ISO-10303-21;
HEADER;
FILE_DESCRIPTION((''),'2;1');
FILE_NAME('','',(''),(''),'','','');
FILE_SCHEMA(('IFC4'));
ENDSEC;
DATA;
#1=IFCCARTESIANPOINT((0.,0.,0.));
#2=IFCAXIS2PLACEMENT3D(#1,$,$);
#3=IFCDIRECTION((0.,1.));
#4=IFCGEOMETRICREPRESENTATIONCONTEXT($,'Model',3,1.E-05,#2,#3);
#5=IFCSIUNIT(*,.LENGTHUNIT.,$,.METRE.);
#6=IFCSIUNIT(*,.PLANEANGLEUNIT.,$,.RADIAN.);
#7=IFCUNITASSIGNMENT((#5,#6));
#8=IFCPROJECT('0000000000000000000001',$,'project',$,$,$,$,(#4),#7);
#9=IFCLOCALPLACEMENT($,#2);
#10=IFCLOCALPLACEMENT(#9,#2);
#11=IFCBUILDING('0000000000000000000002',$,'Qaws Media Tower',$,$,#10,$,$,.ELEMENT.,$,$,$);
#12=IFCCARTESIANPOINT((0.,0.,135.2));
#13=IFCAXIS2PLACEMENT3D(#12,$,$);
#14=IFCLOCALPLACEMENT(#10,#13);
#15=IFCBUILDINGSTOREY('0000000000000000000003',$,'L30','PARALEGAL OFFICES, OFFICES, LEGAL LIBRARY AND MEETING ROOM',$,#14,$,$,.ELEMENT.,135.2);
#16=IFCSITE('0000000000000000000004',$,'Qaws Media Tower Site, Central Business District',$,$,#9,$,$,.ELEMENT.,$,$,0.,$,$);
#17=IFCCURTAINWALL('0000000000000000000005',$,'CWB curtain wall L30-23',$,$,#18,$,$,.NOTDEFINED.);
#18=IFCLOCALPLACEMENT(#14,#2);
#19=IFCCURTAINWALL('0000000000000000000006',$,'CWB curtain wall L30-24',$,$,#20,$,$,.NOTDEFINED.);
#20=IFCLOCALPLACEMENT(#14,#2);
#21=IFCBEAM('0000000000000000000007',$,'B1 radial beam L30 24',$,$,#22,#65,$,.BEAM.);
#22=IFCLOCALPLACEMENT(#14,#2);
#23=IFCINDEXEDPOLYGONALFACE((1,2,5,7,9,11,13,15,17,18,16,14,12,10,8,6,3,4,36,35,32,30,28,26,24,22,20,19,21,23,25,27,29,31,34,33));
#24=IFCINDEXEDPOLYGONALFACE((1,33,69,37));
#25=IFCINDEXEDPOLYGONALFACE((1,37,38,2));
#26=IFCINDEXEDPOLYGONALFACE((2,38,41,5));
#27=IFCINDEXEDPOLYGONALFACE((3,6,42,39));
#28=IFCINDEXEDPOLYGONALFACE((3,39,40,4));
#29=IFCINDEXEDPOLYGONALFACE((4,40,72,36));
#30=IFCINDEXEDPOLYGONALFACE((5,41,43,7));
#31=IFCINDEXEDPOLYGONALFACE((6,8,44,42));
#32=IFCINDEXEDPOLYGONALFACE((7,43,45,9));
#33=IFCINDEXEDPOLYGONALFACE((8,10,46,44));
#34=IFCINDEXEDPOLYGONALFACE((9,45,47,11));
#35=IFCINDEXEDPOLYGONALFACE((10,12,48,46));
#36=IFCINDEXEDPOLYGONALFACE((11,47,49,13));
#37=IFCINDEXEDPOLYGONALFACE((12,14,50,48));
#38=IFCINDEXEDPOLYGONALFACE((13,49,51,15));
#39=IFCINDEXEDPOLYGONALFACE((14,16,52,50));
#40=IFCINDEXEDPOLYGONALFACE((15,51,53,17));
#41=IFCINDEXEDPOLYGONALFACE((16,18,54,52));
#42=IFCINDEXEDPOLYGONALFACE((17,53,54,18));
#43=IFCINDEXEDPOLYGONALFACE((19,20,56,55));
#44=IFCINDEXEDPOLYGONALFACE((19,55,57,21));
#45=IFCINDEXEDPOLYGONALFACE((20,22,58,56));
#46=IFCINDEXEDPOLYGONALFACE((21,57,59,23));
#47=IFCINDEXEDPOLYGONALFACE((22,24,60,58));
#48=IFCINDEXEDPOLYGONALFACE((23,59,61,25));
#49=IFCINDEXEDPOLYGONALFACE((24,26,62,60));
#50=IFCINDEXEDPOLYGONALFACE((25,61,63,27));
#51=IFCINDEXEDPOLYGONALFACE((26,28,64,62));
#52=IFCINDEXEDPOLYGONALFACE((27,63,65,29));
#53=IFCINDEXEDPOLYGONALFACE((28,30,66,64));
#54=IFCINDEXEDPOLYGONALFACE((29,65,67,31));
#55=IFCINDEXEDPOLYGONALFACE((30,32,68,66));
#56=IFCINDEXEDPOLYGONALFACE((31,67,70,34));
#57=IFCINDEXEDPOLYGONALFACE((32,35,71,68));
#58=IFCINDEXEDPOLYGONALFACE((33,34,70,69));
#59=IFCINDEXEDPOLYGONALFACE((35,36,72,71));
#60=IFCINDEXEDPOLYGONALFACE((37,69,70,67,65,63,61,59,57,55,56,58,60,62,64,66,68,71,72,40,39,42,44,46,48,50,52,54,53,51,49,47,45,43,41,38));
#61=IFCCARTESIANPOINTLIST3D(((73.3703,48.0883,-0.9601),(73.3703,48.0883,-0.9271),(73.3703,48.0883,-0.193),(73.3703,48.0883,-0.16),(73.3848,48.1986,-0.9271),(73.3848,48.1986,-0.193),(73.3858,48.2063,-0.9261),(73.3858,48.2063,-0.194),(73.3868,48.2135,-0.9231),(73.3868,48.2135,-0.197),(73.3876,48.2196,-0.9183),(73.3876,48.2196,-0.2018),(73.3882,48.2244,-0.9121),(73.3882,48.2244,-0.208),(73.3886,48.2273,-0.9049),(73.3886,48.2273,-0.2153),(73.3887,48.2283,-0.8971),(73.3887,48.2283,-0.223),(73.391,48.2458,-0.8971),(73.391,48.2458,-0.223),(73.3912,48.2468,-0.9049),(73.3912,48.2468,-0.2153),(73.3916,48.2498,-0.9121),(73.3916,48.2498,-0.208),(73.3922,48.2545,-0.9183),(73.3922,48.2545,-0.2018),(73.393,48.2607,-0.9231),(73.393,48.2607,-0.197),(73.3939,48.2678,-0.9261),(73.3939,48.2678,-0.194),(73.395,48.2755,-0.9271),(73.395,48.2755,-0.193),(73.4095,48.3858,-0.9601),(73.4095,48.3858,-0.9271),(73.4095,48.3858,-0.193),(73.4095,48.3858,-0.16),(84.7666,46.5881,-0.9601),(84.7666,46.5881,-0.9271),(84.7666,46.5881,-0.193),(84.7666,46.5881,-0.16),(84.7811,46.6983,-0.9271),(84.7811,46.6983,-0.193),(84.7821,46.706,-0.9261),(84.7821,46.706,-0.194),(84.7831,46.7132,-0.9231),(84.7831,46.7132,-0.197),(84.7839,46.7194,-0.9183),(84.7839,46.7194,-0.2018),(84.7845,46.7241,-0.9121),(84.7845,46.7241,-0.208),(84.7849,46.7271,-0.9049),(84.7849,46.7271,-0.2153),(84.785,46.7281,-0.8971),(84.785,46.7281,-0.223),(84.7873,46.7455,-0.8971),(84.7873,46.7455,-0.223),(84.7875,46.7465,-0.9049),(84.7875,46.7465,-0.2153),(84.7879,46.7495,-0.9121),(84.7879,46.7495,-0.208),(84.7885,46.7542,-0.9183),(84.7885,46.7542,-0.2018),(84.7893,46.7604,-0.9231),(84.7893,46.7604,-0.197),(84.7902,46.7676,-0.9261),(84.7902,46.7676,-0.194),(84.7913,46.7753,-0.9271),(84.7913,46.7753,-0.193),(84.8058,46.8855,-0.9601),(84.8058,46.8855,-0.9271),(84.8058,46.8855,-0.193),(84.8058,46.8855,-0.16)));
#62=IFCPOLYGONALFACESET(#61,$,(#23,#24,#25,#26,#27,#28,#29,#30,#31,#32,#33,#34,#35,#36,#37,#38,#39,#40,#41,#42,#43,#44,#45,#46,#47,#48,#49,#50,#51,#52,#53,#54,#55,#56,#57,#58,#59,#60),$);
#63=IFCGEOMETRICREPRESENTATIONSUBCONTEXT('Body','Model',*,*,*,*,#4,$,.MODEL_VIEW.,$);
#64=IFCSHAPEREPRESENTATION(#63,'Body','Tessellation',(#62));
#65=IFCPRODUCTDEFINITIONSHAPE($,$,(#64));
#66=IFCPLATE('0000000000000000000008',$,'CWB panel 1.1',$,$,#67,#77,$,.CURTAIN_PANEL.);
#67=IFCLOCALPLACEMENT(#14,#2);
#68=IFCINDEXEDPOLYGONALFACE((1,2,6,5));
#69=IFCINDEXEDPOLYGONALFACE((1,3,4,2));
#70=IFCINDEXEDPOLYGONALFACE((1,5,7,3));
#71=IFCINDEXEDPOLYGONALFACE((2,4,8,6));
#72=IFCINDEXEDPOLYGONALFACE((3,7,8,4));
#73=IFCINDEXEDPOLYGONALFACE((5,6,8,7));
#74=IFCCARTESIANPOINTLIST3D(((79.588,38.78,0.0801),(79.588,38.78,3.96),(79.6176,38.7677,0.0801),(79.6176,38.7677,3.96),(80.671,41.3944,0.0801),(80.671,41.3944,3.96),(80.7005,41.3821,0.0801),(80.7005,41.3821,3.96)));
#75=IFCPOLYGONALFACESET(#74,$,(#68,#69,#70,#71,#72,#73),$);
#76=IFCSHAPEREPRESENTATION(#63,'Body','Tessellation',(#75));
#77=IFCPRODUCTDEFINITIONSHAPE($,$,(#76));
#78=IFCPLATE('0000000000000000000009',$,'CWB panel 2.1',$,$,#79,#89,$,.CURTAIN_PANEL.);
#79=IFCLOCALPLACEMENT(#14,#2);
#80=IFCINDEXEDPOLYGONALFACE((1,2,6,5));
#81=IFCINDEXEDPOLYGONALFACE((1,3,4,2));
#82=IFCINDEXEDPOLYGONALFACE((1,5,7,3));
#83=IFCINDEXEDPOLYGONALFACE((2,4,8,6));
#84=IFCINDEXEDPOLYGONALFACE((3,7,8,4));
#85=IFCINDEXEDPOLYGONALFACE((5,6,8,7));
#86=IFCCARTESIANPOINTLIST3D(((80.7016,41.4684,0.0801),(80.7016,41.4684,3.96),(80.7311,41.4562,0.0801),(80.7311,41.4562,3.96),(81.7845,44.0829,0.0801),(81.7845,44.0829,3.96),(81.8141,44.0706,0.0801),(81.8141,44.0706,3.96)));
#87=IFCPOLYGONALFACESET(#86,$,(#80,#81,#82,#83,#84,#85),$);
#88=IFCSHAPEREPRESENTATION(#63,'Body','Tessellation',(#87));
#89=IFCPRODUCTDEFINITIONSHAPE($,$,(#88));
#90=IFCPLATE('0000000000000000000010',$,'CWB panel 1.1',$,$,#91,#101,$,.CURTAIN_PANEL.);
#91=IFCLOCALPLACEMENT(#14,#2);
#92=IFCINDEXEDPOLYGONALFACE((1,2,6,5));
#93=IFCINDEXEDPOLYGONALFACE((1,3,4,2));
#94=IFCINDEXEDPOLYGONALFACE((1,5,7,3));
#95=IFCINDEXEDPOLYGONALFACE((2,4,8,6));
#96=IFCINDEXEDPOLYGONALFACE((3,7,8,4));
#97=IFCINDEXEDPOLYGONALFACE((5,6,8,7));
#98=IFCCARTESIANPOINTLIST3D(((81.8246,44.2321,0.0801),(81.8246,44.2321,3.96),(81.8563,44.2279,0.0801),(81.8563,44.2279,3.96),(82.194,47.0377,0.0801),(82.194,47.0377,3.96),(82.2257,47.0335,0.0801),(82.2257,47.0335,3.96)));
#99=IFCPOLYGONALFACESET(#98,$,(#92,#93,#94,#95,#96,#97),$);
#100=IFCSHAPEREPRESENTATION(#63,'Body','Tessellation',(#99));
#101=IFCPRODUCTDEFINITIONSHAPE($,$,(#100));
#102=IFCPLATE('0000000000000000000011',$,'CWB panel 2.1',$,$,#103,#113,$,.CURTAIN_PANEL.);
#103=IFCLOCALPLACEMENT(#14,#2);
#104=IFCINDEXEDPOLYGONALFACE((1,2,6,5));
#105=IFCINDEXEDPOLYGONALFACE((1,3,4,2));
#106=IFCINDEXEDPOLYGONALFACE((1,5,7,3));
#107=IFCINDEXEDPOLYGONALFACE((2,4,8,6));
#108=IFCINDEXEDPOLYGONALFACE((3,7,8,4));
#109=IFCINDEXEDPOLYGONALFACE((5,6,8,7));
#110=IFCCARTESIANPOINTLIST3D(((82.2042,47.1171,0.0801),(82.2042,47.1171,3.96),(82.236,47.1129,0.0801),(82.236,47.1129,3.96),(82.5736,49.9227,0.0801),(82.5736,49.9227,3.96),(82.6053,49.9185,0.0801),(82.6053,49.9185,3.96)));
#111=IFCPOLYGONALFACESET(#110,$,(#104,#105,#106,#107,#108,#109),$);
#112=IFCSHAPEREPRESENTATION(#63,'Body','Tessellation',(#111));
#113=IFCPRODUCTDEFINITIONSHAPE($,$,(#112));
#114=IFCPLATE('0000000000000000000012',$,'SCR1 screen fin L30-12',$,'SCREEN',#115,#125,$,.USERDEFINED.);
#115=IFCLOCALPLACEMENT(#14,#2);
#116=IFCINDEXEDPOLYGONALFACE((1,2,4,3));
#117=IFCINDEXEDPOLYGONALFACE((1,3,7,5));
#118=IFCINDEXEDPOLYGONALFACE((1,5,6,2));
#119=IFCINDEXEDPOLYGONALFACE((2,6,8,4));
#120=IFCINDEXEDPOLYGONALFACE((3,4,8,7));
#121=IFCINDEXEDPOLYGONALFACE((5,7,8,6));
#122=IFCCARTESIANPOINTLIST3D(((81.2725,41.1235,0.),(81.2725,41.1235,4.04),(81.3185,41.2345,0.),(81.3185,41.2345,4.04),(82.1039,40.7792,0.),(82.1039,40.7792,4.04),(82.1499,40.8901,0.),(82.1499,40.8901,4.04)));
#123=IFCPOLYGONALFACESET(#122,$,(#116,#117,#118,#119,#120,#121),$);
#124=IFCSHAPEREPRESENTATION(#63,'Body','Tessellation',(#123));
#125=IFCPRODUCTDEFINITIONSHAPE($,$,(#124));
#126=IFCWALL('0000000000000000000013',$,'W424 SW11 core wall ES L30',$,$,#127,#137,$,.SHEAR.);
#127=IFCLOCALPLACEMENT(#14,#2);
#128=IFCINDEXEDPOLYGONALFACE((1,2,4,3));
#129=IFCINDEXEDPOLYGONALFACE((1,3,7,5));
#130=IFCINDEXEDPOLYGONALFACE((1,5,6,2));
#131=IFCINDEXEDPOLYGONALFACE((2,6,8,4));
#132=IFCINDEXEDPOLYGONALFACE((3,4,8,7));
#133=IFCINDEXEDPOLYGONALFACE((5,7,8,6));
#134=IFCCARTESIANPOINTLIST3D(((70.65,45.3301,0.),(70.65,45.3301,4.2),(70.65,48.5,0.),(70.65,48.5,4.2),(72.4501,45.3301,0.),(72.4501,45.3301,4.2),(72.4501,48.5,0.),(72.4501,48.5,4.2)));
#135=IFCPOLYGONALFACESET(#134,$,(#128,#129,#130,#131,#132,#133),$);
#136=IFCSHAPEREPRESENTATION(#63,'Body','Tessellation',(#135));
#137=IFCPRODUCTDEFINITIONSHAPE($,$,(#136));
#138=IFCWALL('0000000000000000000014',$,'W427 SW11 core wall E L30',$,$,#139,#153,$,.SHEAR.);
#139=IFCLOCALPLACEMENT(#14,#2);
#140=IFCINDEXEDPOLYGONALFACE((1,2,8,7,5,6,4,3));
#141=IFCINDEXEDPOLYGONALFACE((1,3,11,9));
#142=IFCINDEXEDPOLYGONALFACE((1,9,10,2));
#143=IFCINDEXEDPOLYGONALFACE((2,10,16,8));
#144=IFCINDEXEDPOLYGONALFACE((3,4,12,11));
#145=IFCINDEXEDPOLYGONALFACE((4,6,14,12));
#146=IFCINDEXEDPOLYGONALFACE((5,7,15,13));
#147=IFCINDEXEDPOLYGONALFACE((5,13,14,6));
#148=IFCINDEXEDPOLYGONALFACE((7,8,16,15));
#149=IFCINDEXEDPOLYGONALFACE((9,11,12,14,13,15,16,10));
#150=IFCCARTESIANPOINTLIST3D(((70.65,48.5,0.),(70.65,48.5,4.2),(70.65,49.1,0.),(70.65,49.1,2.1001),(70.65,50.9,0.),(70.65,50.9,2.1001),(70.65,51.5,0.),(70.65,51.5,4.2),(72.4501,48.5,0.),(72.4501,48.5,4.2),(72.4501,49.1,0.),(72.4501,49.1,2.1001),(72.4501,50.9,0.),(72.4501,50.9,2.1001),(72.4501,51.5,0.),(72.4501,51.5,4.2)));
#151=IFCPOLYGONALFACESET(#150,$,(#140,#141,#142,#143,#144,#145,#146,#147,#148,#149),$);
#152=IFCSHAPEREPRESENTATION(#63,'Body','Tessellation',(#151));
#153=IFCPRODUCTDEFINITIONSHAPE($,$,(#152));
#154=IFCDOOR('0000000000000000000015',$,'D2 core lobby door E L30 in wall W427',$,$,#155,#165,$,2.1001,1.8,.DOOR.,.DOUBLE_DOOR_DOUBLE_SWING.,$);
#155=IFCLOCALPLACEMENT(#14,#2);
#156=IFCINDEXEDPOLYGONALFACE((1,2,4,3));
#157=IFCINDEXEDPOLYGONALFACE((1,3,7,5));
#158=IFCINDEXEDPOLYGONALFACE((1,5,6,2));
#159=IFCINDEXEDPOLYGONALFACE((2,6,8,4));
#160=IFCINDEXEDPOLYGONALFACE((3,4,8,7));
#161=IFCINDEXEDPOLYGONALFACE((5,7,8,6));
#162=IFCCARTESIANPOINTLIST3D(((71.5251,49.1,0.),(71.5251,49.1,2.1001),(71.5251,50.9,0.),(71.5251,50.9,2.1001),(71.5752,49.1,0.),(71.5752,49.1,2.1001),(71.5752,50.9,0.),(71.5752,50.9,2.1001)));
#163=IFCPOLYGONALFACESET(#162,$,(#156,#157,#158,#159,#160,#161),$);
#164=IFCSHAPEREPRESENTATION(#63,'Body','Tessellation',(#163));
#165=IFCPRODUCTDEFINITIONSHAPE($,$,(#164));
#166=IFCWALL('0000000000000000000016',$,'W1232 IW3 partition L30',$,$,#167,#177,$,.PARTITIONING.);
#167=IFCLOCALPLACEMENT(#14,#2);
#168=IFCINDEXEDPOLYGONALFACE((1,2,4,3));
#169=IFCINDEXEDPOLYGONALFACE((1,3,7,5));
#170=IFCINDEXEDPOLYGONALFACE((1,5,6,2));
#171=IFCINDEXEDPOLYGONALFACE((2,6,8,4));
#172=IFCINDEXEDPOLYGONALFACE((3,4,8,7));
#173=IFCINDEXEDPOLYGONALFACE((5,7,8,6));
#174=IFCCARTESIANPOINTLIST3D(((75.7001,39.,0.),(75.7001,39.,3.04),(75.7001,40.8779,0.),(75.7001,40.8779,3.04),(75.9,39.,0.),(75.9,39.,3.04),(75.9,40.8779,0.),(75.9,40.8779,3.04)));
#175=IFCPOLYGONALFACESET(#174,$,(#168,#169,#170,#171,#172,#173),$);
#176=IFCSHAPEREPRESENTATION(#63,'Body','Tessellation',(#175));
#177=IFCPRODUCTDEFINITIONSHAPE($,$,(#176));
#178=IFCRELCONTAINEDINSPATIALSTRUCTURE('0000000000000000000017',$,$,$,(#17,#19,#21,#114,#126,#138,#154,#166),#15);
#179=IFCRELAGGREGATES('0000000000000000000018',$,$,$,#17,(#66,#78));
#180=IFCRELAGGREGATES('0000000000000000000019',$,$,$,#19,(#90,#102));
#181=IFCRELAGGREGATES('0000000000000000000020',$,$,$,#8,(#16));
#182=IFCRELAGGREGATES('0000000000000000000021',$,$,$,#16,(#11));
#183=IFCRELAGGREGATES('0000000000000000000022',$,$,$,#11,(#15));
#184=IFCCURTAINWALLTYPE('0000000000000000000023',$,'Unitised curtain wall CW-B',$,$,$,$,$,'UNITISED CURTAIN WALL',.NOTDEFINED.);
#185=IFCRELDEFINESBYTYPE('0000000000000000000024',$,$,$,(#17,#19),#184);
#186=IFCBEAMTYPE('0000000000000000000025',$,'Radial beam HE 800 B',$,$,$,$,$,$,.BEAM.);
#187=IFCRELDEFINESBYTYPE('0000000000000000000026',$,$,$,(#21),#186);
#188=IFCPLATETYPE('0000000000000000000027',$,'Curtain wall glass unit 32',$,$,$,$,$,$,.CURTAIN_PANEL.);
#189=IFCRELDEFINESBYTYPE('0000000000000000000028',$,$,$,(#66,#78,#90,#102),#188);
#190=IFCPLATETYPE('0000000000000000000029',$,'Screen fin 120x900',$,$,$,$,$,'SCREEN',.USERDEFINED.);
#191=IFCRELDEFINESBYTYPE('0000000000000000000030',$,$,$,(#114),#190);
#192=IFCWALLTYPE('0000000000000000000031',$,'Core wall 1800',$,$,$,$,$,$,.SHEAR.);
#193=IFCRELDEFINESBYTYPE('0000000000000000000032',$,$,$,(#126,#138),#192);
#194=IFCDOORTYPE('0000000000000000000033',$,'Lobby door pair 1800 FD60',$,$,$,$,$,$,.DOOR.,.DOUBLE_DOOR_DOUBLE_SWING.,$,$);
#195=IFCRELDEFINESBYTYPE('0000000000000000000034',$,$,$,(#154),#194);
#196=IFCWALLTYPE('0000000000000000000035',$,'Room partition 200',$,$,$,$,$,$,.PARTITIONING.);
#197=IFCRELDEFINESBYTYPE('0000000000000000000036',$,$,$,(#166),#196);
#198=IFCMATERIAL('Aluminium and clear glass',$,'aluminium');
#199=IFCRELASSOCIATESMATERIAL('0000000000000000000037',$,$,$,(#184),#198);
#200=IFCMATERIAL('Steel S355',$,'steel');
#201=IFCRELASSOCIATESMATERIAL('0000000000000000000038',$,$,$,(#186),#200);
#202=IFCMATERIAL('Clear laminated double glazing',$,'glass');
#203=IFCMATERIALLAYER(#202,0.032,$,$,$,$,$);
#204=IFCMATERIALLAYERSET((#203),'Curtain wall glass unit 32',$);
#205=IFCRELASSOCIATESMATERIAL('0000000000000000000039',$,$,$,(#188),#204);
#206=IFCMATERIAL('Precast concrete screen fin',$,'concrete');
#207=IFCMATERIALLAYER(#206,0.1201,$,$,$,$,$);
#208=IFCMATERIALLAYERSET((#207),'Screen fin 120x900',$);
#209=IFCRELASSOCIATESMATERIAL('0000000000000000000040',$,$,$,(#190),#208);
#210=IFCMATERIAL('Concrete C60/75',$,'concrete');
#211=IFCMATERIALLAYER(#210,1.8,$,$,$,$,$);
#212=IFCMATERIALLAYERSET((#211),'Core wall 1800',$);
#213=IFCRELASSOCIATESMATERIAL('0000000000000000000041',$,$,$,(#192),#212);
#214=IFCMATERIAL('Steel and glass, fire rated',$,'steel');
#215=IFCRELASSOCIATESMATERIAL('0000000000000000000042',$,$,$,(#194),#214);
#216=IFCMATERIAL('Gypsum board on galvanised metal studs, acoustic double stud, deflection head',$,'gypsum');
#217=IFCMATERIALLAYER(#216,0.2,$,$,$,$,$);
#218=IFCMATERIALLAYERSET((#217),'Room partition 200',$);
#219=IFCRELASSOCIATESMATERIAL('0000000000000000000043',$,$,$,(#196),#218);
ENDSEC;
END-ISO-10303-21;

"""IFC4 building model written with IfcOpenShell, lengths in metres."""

from ifc_helpers import new_model, si_unit, direction, frame, frame_2d, origin, origin_2d, place, context, subcontext, project, spatial, rectangle, i_section, extrude, material, layer, layer_set, material_profile, profile_set, type_object, element, fill, aggregate, save


model = new_model("IFC4")

# Units and contexts
model_context = context("Model", 3, precision=1e-05, world=origin(), true_north=direction((0.0, 1.0)))
body_context = subcontext(model_context, "Body", "Model", "MODEL_VIEW")
ifc_project = project(units=[si_unit("LENGTHUNIT", "METRE"), si_unit("PLANEANGLEUNIT", "RADIAN")], contexts=[model_context])

# Site, building, storey
site_placement = place(None, origin())
site = spatial("IfcSite", under=ifc_project, at=site_placement, Name="Qaws Media Tower Site, Central Business District", CompositionType="ELEMENT", RefElevation=0.0)
building_placement = place(site_placement, origin())
building = spatial("IfcBuilding", under=site, at=building_placement, Name="Qaws Media Tower", CompositionType="ELEMENT")
storey_placement = place(building_placement, frame((0.0, 0.0, 135.2)))
storey = spatial("IfcBuildingStorey", under=building, at=storey_placement, Name="L30", Description="PARALEGAL OFFICES, OFFICES, LEGAL LIBRARY AND MEETING ROOM", CompositionType="ELEMENT", Elevation=135.2)

# Curtain walls
ifc_material_1 = material(Name="Aluminium and clear glass", Category="aluminium")
curtain_wall_type = type_object("IfcCurtainWallType", Name="Unitised curtain wall CW-B", ElementType="UNITISED CURTAIN WALL", PredefinedType="NOTDEFINED", material=ifc_material_1)
curtain_wall_1_placement = place(storey_placement, origin())
curtain_wall_1 = element("IfcCurtainWall", 1, at=curtain_wall_1_placement, inside=storey, type_object=curtain_wall_type, Name="CWB curtain wall L30-23", PredefinedType="NOTDEFINED")
curtain_wall_2_placement = place(storey_placement, origin())
curtain_wall_2 = element("IfcCurtainWall", 2, at=curtain_wall_2_placement, inside=storey, type_object=curtain_wall_type, Name="CWB curtain wall L30-24", PredefinedType="NOTDEFINED")

# Beam
ifc_material_2 = material(Name="Steel S355", Category="steel")
ifc_material_profile_1 = material_profile(ifc_material_2, i_section(OverallWidth=0.3, OverallDepth=0.8, WebThickness=0.0176, FlangeThickness=0.033, FilletRadius=0.03, at=origin_2d()), Name="HE 800 B")
ifc_profile_set_1 = profile_set([ifc_material_profile_1], Name="Steel S355")
beam_type_1 = type_object("IfcBeamType", Name="Radial beam HE 800 B", PredefinedType="BEAM", material=ifc_profile_set_1)
beam_1_placement = place(storey_placement, frame((73.3899, 48.2371, -0.5601), z_axis=(0.991446, -0.130518, 0.0), x_axis=(0.130518, 0.991446, 0.0)))
element("IfcBeam", 3, at=beam_1_placement, inside=storey, type_object=beam_type_1, Name="B1 radial beam L30 24", PredefinedType="BEAM", context=body_context, shape_type="SweptSolid", body=[
    extrude(i_section(OverallWidth=0.3, OverallDepth=0.8, WebThickness=0.0176, FlangeThickness=0.033, FilletRadius=0.03, at=origin_2d()), origin(), (0.0, 0.0, 1.0), 11.4946),
])

# Plates
ifc_material_3 = material(Name="Clear laminated double glazing", Category="glass")
ifc_layer_1 = layer(ifc_material_3, 0.032)
ifc_layer_set_1 = layer_set([ifc_layer_1], Name="Curtain wall glass unit 32")
plate_type_1 = type_object("IfcPlateType", Name="Curtain wall glass unit 32", PredefinedType="CURTAIN_PANEL", material=ifc_layer_set_1)
plate_1_placement = place(storey_placement, frame((80.1443, 40.0811, 0.0801), z_axis=(0.0, 0.0, 1.0), x_axis=(0.382683, 0.92388, 0.0)))
plate_1 = element("IfcPlate", 4, at=plate_1_placement, type_object=plate_type_1, Name="CWB panel 1.1", PredefinedType="CURTAIN_PANEL", context=body_context, shape_type="SweptSolid", body=[
    extrude(rectangle(XDim=2.8298, YDim=0.032, at=origin_2d()), origin(), (0.0, 0.0, 1.0), 3.8799),
])
plate_2_placement = place(storey_placement, frame((81.2578, 42.7695, 0.0801), z_axis=(0.0, 0.0, 1.0), x_axis=(0.382683, 0.92388, 0.0)))
plate_2 = element("IfcPlate", 5, at=plate_2_placement, type_object=plate_type_1, Name="CWB panel 2.1", PredefinedType="CURTAIN_PANEL", context=body_context, shape_type="SweptSolid", body=[
    extrude(rectangle(XDim=2.8298, YDim=0.032, at=origin_2d()), origin(), (0.0, 0.0, 1.0), 3.8799),
])
aggregate(curtain_wall_1, [plate_1, plate_2])
plate_3_placement = place(storey_placement, frame((82.0251, 45.6328, 0.0801), z_axis=(0.0, 0.0, 1.0), x_axis=(0.130526, 0.991445, 0.0)))
plate_3 = element("IfcPlate", 6, at=plate_3_placement, type_object=plate_type_1, Name="CWB panel 1.1", PredefinedType="CURTAIN_PANEL", context=body_context, shape_type="SweptSolid", body=[
    extrude(rectangle(XDim=2.8298, YDim=0.032, at=origin_2d()), origin(), (0.0, 0.0, 1.0), 3.8799),
])
plate_4_placement = place(storey_placement, frame((82.4048, 48.5178, 0.0801), z_axis=(0.0, 0.0, 1.0), x_axis=(0.130526, 0.991445, 0.0)))
plate_4 = element("IfcPlate", 7, at=plate_4_placement, type_object=plate_type_1, Name="CWB panel 2.1", PredefinedType="CURTAIN_PANEL", context=body_context, shape_type="SweptSolid", body=[
    extrude(rectangle(XDim=2.8298, YDim=0.032, at=origin_2d()), origin(), (0.0, 0.0, 1.0), 3.8799),
])
aggregate(curtain_wall_2, [plate_3, plate_4])
ifc_material_4 = material(Name="Precast concrete screen fin", Category="concrete")
ifc_layer_2 = layer(ifc_material_4, 0.1201)
ifc_layer_set_2 = layer_set([ifc_layer_2], Name="Screen fin 120x900")
plate_type_2 = type_object("IfcPlateType", Name="Screen fin 120x900", ElementType="SCREEN", PredefinedType="USERDEFINED", material=ifc_layer_set_2)
plate_5_placement = place(storey_placement, frame((81.7112, 41.0068, 0.0), z_axis=(0.0, 0.0, 1.0), x_axis=(0.92388, -0.382683, 0.0)))
element("IfcPlate", 8, at=plate_5_placement, inside=storey, type_object=plate_type_2, Name="SCR1 screen fin L30-12", ObjectType="SCREEN", PredefinedType="USERDEFINED", context=body_context, shape_type="SweptSolid", body=[
    extrude(rectangle(XDim=0.8999, YDim=0.1201, at=origin_2d()), origin(), (0.0, 0.0, 1.0), 4.04),
])

# Wall
ifc_material_5 = material(Name="Concrete C60/75", Category="concrete")
ifc_layer_3 = layer(ifc_material_5, 1.8)
ifc_layer_set_3 = layer_set([ifc_layer_3], Name="Core wall 1800")
wall_type_1 = type_object("IfcWallType", Name="Core wall 1800", PredefinedType="SHEAR", material=ifc_layer_set_3)
wall_1_placement = place(storey_placement, frame((71.55, 45.3301, 0.0), z_axis=(0.0, 0.0, 1.0), x_axis=(0.0, 1.0, 0.0)))
element("IfcWall", 9, at=wall_1_placement, inside=storey, type_object=wall_type_1, Name="W424 SW11 core wall ES L30", PredefinedType="SHEAR", context=body_context, shape_type="SweptSolid", body=[
    extrude(rectangle(XDim=3.1699, YDim=1.8, at=frame_2d((1.585, 0.0))), origin(), (0.0, 0.0, 1.0), 4.2),
])

# Wall, opening, door
wall_2_placement = place(storey_placement, frame((71.55, 48.5, 0.0), z_axis=(0.0, 0.0, 1.0), x_axis=(0.0, 1.0, 0.0)))
wall_2 = element("IfcWall", 10, at=wall_2_placement, inside=storey, type_object=wall_type_1, Name="W427 SW11 core wall E L30", PredefinedType="SHEAR", context=body_context, shape_type="SweptSolid", body=[
    extrude(rectangle(XDim=3.0, YDim=1.8, at=frame_2d((1.5, 0.0))), origin(), (0.0, 0.0, 1.0), 4.2),
])
opening_placement = place(wall_2_placement, frame((0.6001, 0.0, 0.0)))
opening = element("IfcOpeningElement", 11, at=opening_placement, cuts=wall_2, PredefinedType="OPENING", context=body_context, shape_type="SweptSolid", body=[
    extrude(rectangle(XDim=1.8, YDim=2.1001, at=frame_2d((0.8999, 1.05))), frame((0.0, 0.9099, 0.0), z_axis=(0.0, -1.0, 0.0), x_axis=(1.0, 0.0, 0.0)), (0.0, 0.0, 1.0), 1.8201),
])
ifc_material_6 = material(Name="Steel and glass, fire rated", Category="steel")
door_type = type_object("IfcDoorType", Name="Lobby door pair 1800 FD60", OperationType="DOUBLE_DOOR_DOUBLE_SWING", PredefinedType="DOOR", material=ifc_material_6)
door_placement = place(opening_placement, origin())
door = element("IfcDoor", 12, at=door_placement, inside=storey, type_object=door_type, Name="D2 core lobby door E L30 in wall W427", OperationType="DOUBLE_DOOR_DOUBLE_SWING", OverallHeight=2.1001, OverallWidth=1.8, PredefinedType="DOOR", context=body_context, shape_type="SweptSolid", body=[
    extrude(rectangle(XDim=1.8, YDim=2.1001, at=frame_2d((0.8999, 1.05))), frame((0.0, 0.0249, 0.0), z_axis=(0.0, -1.0, 0.0), x_axis=(1.0, 0.0, 0.0)), (0.0, 0.0, 1.0), 0.05),
])
fill(opening, door)

# Wall
ifc_material_7 = material(Name="Gypsum board on galvanised metal studs, acoustic double stud, deflection head", Category="gypsum")
ifc_layer_4 = layer(ifc_material_7, 0.2)
ifc_layer_set_4 = layer_set([ifc_layer_4], Name="Room partition 200")
wall_type_2 = type_object("IfcWallType", Name="Room partition 200", PredefinedType="PARTITIONING", material=ifc_layer_set_4)
wall_3_placement = place(storey_placement, frame((75.8, 40.8779, 0.0), z_axis=(0.0, 0.0, 1.0), x_axis=(0.0, -1.0, 0.0)))
element("IfcWall", 13, at=wall_3_placement, inside=storey, type_object=wall_type_2, Name="W1232 IW3 partition L30", PredefinedType="PARTITIONING", context=body_context, shape_type="SweptSolid", body=[
    extrude(rectangle(XDim=1.8779, YDim=0.2, at=frame_2d((0.939, 0.0))), origin(), (0.0, 0.0, 1.0), 3.04),
])

save(model, "model.ifc")
